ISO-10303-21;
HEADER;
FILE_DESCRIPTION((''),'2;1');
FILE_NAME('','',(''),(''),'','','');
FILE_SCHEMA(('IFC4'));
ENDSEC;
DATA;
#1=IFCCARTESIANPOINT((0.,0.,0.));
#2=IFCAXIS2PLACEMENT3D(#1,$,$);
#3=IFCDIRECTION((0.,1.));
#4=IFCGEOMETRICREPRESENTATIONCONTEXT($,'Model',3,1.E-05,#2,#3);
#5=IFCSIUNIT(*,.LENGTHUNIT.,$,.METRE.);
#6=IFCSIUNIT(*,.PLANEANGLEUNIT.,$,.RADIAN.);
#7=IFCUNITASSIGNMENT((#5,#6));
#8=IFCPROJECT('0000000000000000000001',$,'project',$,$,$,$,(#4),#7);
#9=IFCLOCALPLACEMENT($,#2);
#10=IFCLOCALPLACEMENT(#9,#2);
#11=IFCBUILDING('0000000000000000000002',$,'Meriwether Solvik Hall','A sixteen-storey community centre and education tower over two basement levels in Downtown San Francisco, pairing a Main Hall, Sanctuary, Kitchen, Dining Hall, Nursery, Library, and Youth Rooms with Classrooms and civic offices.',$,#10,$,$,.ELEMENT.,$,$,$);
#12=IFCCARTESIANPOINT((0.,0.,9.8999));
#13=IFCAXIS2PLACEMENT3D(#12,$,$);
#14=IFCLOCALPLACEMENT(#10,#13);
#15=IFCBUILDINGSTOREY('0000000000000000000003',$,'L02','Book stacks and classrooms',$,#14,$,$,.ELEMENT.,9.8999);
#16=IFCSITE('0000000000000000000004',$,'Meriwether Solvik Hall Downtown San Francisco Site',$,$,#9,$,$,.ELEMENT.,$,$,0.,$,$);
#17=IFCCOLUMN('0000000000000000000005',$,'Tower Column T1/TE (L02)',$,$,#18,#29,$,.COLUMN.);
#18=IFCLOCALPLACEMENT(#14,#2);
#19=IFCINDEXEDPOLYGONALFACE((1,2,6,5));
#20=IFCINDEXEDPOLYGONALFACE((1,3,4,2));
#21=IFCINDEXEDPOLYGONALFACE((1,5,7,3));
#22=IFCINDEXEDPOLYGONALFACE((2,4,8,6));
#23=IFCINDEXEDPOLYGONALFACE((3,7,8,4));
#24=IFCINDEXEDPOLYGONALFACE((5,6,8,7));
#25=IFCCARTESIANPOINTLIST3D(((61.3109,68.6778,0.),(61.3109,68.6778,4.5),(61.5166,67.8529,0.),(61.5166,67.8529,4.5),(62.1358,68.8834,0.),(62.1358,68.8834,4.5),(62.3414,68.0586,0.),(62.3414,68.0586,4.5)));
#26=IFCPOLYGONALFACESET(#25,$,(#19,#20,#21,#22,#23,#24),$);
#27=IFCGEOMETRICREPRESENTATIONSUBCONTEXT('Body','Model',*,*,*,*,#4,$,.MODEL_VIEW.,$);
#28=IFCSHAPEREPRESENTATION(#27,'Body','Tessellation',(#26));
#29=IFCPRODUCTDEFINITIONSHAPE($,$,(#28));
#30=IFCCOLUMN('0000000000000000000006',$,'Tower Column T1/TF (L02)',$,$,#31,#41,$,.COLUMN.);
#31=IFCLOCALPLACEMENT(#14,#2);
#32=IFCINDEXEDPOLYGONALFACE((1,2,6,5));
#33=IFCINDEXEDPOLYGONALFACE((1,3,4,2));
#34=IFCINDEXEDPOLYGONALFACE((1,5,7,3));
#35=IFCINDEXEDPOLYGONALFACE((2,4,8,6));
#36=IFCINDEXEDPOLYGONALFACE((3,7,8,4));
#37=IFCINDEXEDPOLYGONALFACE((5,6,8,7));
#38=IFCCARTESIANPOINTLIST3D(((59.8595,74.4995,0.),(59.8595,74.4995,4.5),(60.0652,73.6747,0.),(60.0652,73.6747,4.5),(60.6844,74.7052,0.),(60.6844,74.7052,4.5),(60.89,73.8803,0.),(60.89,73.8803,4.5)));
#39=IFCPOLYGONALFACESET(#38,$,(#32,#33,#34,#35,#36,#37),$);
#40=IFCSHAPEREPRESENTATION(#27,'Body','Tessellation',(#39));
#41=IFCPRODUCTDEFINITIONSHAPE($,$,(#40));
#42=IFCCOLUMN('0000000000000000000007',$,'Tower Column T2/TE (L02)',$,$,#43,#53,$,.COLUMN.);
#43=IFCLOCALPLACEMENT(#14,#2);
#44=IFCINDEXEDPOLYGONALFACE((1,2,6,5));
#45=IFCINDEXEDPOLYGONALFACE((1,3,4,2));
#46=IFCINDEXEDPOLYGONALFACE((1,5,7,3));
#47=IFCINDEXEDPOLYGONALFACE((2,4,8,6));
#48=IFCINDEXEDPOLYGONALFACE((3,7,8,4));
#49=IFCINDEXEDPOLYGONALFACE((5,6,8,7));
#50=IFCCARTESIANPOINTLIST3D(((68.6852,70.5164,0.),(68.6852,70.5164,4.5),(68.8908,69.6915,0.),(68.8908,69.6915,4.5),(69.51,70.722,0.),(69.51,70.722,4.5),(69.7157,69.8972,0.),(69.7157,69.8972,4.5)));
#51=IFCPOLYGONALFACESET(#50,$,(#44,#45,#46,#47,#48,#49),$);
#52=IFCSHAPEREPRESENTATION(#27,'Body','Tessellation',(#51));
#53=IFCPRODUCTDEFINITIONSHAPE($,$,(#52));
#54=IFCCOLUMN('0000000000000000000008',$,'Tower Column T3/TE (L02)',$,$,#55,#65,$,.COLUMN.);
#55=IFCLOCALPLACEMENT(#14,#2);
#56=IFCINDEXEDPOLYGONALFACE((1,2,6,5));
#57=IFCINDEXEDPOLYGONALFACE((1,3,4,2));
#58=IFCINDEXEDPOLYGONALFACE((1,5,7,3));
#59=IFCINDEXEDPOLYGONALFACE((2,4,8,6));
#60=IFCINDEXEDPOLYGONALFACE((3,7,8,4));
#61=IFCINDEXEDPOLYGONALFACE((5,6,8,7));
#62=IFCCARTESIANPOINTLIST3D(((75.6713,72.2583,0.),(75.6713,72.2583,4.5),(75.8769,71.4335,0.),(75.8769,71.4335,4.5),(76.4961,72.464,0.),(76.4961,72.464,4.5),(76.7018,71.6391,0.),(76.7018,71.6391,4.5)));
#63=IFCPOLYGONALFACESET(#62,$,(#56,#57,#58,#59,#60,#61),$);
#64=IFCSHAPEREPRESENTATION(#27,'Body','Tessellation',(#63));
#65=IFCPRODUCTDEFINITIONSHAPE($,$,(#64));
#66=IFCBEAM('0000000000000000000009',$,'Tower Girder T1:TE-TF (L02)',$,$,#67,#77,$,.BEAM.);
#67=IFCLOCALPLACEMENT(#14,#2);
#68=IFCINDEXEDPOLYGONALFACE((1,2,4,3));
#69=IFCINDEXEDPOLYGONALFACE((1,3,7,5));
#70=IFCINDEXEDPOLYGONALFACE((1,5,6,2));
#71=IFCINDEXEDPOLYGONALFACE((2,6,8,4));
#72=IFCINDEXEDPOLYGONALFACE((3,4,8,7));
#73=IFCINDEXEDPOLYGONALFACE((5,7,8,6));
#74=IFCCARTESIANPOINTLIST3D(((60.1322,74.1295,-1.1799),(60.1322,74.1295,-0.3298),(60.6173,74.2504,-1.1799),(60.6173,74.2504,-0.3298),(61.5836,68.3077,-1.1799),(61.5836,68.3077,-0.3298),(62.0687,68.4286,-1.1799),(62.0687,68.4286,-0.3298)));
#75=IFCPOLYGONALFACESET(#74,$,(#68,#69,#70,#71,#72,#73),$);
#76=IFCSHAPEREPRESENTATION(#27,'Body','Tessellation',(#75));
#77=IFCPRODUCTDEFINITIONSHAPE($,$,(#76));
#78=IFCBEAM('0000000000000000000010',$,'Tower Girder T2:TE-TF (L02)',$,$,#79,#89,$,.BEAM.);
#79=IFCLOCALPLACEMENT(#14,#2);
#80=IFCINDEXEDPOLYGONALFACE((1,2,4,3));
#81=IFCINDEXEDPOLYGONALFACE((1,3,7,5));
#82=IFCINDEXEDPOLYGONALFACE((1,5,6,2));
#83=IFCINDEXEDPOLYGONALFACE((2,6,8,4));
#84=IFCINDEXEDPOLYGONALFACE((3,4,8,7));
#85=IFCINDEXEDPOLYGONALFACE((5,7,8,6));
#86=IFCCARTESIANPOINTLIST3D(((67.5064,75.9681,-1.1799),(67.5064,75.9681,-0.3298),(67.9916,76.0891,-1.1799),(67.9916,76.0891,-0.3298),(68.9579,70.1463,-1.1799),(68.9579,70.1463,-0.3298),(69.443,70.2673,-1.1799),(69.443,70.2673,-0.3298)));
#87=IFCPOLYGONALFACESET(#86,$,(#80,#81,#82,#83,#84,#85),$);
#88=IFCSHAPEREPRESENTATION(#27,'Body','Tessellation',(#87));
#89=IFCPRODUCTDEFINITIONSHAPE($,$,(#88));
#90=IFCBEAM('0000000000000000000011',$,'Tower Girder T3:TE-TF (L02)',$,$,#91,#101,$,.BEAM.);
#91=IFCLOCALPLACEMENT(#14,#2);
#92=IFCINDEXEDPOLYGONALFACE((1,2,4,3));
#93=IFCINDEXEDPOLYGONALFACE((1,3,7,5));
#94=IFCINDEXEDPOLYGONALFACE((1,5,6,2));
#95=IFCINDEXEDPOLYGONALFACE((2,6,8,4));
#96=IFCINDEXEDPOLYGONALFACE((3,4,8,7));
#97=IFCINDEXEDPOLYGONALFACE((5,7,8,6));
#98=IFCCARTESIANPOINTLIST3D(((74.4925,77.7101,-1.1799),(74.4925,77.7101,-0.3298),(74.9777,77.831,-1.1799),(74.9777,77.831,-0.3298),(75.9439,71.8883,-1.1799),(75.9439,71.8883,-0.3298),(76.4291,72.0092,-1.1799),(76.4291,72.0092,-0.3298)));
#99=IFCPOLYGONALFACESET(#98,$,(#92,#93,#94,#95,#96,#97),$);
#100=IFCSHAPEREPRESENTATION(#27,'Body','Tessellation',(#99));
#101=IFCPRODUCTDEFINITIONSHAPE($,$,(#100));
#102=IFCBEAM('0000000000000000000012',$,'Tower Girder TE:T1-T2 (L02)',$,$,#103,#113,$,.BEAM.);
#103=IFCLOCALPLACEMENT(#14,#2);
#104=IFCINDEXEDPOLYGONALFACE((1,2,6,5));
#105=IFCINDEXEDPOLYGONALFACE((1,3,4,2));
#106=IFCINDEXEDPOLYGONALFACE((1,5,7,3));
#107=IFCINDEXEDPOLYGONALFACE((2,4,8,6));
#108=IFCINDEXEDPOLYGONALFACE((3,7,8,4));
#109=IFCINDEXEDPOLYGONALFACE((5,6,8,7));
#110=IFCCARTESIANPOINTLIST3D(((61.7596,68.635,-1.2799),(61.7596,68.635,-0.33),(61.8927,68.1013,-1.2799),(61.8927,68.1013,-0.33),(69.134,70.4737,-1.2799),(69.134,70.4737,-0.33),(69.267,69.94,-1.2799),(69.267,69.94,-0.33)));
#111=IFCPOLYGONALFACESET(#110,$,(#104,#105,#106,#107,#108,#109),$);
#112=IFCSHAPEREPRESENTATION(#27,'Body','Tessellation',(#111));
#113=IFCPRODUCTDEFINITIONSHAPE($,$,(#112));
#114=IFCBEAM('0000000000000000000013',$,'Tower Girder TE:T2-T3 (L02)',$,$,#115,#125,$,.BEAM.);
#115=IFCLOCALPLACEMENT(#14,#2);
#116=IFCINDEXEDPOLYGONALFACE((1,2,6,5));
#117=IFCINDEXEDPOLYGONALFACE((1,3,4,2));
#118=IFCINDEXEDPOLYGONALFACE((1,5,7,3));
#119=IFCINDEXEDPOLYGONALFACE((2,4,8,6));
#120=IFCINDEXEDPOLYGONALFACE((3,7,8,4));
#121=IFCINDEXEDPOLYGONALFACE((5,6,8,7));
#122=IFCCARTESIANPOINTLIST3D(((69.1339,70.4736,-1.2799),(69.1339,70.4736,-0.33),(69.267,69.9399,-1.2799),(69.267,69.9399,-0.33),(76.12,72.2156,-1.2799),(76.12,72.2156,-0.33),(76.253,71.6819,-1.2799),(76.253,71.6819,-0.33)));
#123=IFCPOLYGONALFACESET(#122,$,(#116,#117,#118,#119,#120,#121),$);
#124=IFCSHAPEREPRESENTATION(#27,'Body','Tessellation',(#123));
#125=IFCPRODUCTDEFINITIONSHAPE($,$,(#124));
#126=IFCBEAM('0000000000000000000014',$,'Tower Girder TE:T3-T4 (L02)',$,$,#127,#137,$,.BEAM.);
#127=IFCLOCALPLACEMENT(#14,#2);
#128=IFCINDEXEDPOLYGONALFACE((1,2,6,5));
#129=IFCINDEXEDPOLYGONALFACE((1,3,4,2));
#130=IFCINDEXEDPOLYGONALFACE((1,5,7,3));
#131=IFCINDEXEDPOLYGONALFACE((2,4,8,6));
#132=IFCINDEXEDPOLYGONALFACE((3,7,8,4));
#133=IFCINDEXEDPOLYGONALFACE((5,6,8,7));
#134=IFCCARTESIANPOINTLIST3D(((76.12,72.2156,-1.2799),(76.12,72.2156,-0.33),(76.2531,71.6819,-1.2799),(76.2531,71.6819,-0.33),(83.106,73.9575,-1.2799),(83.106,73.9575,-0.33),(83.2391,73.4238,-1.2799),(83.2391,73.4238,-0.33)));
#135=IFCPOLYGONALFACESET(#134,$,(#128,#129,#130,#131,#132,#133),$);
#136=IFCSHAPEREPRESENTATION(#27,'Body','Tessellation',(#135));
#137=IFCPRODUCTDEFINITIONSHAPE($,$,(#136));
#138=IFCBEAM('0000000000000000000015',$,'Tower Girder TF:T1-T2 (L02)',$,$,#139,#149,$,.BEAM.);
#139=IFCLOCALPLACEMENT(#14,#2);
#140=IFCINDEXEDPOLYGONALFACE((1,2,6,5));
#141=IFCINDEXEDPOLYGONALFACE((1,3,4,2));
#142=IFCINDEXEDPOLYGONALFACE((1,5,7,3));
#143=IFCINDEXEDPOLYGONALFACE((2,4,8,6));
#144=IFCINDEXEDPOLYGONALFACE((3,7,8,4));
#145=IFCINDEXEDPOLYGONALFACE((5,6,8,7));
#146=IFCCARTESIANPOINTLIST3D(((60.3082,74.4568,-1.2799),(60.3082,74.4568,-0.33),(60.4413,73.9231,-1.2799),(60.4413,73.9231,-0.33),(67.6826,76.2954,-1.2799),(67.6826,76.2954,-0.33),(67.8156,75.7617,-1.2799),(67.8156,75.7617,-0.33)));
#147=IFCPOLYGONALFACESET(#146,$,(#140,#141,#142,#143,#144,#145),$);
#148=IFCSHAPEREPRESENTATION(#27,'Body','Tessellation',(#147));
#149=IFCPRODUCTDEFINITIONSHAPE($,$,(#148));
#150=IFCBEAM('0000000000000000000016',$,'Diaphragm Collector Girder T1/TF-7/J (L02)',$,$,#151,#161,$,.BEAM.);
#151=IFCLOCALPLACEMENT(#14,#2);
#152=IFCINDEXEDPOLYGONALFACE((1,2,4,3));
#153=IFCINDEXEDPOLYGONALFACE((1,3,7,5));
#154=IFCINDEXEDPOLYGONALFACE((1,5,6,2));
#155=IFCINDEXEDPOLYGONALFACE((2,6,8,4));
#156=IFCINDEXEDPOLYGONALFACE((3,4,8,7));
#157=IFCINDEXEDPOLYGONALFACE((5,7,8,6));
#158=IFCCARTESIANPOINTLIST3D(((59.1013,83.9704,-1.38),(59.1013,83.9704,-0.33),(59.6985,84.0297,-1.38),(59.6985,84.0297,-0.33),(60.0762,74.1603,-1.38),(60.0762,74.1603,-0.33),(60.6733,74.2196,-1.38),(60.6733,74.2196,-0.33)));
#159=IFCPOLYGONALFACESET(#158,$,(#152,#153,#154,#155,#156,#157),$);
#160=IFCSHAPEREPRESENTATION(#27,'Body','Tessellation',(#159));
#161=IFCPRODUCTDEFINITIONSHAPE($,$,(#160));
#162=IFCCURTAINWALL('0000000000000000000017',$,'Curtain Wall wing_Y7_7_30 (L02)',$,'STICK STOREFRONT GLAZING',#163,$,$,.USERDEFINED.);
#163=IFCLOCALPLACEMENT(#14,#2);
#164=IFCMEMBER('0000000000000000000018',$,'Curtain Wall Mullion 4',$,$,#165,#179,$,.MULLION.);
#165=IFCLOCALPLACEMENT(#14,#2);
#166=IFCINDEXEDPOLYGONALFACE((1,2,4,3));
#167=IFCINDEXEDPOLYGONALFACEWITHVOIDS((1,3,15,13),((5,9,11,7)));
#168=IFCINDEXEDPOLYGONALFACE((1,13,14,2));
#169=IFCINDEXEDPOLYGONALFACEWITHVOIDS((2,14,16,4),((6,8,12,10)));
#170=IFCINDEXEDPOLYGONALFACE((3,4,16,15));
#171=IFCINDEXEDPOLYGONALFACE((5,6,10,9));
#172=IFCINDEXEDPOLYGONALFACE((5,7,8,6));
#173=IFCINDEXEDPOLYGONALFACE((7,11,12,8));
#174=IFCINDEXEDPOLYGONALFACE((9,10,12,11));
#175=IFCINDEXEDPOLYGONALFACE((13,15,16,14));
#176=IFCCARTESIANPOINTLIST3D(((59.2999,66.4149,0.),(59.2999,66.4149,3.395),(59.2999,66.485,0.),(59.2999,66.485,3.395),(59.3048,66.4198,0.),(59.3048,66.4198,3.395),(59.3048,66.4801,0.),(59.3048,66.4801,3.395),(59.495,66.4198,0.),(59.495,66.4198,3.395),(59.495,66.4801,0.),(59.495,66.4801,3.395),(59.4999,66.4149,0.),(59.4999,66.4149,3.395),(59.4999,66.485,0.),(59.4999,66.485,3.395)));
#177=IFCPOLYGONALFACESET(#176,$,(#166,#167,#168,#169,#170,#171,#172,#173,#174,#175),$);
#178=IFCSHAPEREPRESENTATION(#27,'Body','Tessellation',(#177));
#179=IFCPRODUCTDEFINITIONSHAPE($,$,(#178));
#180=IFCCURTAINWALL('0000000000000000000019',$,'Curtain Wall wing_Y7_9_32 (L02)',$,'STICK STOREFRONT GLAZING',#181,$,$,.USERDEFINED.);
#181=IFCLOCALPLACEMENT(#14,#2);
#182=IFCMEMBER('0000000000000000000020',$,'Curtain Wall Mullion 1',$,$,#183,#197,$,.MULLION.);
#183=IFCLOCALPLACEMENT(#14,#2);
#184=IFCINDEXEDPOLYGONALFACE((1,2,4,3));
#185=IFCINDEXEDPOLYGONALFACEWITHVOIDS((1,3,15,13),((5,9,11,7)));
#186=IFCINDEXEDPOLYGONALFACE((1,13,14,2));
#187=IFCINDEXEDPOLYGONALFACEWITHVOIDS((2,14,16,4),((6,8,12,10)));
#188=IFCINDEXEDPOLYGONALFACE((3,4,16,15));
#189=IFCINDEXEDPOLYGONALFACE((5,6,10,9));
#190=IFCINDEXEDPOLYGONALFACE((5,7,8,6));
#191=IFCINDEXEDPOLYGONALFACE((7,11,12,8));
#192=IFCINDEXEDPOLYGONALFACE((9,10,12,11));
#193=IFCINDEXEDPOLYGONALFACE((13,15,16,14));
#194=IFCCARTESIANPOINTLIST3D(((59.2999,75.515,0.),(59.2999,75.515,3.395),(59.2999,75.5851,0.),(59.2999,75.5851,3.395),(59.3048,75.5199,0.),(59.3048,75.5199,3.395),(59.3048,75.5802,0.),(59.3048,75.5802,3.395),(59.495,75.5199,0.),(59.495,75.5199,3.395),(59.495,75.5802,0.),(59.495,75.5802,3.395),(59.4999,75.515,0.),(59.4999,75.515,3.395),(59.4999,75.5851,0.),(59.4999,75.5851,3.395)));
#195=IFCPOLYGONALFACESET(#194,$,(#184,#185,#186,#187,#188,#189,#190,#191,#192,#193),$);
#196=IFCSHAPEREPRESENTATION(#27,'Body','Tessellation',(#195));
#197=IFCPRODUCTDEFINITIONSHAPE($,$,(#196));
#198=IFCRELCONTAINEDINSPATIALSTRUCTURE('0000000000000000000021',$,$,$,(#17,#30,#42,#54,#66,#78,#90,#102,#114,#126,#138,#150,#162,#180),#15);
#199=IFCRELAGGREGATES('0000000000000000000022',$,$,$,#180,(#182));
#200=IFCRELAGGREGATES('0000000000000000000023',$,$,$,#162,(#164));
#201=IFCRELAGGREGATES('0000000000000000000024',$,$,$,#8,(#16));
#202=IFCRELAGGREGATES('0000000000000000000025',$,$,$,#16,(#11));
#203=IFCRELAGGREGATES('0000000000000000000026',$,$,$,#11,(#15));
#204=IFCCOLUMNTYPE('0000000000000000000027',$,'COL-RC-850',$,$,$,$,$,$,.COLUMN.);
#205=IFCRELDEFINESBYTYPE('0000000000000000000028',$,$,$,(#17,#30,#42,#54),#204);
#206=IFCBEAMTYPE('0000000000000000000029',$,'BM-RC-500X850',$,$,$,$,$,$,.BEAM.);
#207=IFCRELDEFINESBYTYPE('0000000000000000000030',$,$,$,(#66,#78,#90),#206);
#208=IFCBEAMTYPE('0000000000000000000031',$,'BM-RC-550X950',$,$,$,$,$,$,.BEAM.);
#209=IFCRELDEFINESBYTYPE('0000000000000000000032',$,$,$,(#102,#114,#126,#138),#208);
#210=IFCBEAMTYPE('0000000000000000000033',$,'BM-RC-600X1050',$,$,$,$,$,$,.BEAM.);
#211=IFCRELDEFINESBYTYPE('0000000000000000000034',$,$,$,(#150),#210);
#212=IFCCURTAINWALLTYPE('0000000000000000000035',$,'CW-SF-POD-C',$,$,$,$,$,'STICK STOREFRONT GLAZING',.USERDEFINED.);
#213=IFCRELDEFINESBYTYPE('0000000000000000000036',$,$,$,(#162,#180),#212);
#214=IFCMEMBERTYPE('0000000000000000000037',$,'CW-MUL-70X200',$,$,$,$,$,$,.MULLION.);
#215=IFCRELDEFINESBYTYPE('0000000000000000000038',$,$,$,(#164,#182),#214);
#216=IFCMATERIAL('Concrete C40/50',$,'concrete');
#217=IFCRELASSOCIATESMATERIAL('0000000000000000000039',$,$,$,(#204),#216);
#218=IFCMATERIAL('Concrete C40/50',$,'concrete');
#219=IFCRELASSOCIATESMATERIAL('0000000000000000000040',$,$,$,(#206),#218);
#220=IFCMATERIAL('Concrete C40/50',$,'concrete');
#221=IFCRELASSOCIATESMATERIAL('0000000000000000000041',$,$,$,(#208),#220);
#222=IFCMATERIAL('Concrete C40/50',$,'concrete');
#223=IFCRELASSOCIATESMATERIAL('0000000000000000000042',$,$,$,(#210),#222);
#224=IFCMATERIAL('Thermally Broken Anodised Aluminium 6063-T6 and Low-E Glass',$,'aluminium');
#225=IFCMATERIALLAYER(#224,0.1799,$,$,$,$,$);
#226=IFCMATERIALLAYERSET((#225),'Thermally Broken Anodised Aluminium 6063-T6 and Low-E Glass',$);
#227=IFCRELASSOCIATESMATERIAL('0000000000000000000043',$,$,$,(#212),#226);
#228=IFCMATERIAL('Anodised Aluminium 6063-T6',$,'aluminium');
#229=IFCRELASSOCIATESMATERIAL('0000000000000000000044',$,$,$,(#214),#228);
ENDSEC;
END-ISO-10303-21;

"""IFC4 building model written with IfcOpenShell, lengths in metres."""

from ifc_helpers import new_model, si_unit, direction, frame, origin, origin_2d, place, context, subcontext, project, spatial, rectangle, hollow_rectangle, extrude, material, layer, layer_set, material_profile, profile_set, type_object, element, aggregate, save


model = new_model("IFC4")

# Units and contexts
model_context = context("Model", 3, precision=1e-05, world=origin(), true_north=direction((0.0, 1.0)))
body_context = subcontext(model_context, "Body", "Model", "MODEL_VIEW")
ifc_project = project(units=[si_unit("LENGTHUNIT", "METRE"), si_unit("PLANEANGLEUNIT", "RADIAN")], contexts=[model_context])

# Site, building, storey
site_placement = place(None, origin())
site = spatial("IfcSite", under=ifc_project, at=site_placement, Name="Meriwether Solvik Hall Downtown San Francisco Site", CompositionType="ELEMENT", RefElevation=0.0)
building_placement = place(site_placement, origin())
building = spatial("IfcBuilding", under=site, at=building_placement, Name="Meriwether Solvik Hall", Description="A sixteen-storey community centre and education tower over two basement levels in Downtown San Francisco, pairing a Main Hall, Sanctuary, Kitchen, Dining Hall, Nursery, Library, and Youth Rooms with Classrooms and civic offices.", CompositionType="ELEMENT")
storey_placement = place(building_placement, frame((0.0, 0.0, 9.8999)))
storey = spatial("IfcBuildingStorey", under=building, at=storey_placement, Name="L02", Description="Book stacks and classrooms", CompositionType="ELEMENT", Elevation=9.8999)

# Columns
ifc_material_1 = material(Name="Concrete C40/50", Category="concrete")
ifc_material_profile_1 = material_profile(ifc_material_1, rectangle(XDim=0.8501, YDim=0.8501, at=origin_2d()), Name="RCC-850X850")
ifc_profile_set_1 = profile_set([ifc_material_profile_1], Name="Concrete C40/50")
column_type = type_object("IfcColumnType", Name="COL-RC-850", PredefinedType="COLUMN", material=ifc_profile_set_1)
for number, where, z_axis, x_axis, name in (
    (1, (61.8262, 68.3682, 0.0), (0.0, 0.0, 1.0), (0.970296, 0.241922, 0.0), "Tower Column T1/TE (L02)"),
    (2, (60.3748, 74.1899, 0.0), (0.0, 0.0, 1.0), (0.970296, 0.241922, 0.0), "Tower Column T1/TF (L02)"),
    (3, (69.2004, 70.2068, 0.0), (0.0, 0.0, 1.0), (0.970296, 0.241922, 0.0), "Tower Column T2/TE (L02)"),
    (4, (76.1865, 71.9487, 0.0), (0.0, 0.0, 1.0), (0.970296, 0.241922, 0.0), "Tower Column T3/TE (L02)"),
):
    element("IfcColumn", number, at=place(storey_placement, frame(where, z_axis=z_axis, x_axis=x_axis)), inside=storey, type_object=column_type, Name=name, PredefinedType="COLUMN", context=body_context, shape_type="SweptSolid", body=[
        extrude(rectangle(XDim=0.8501, YDim=0.8501, at=origin_2d()), origin(), (0.0, 0.0, 1.0), 4.5),
    ])

# Beams
ifc_material_2 = material(Name="Concrete C40/50", Category="concrete")
ifc_material_profile_2 = material_profile(ifc_material_2, rectangle(XDim=0.5, YDim=0.8501, at=origin_2d()), Name="RCB-500X850")
ifc_profile_set_2 = profile_set([ifc_material_profile_2], Name="Concrete C40/50")
beam_type_1 = type_object("IfcBeamType", Name="BM-RC-500X850", PredefinedType="BEAM", material=ifc_profile_set_2)
for number, where, z_axis, x_axis, name in (
    (5, (61.8262, 68.3682, -0.7549), (-0.241904, 0.9703, 0.0), (-0.9703, -0.241904, 0.0), "Tower Girder T1:TE-TF (L02)"),
    (6, (69.2004, 70.2068, -0.7549), (-0.241904, 0.9703, 0.0), (-0.9703, -0.241904, 0.0), "Tower Girder T2:TE-TF (L02)"),
    (7, (76.1865, 71.9487, -0.7549), (-0.241904, 0.9703, 0.0), (-0.9703, -0.241904, 0.0), "Tower Girder T3:TE-TF (L02)"),
):
    element("IfcBeam", number, at=place(storey_placement, frame(where, z_axis=z_axis, x_axis=x_axis)), inside=storey, type_object=beam_type_1, Name=name, PredefinedType="BEAM", context=body_context, shape_type="SweptSolid", body=[
        extrude(rectangle(XDim=0.5, YDim=0.8501, at=origin_2d()), origin(), (0.0, 0.0, 1.0), 6.0),
    ])
ifc_material_3 = material(Name="Concrete C40/50", Category="concrete")
ifc_material_profile_3 = material_profile(ifc_material_3, rectangle(XDim=0.55, YDim=0.95, at=origin_2d()), Name="RCB-550X950")
ifc_profile_set_3 = profile_set([ifc_material_profile_3], Name="Concrete C40/50")
beam_type_2 = type_object("IfcBeamType", Name="BM-RC-550X950", PredefinedType="BEAM", material=ifc_profile_set_3)
beam_1_placement = place(storey_placement, frame((61.8262, 68.3682, -0.8049), z_axis=(0.970295, 0.241923, 0.0), x_axis=(-0.241923, 0.970295, 0.0)))
element("IfcBeam", 8, at=beam_1_placement, inside=storey, type_object=beam_type_2, Name="Tower Girder TE:T1-T2 (L02)", PredefinedType="BEAM", context=body_context, shape_type="SweptSolid", body=[
    extrude(rectangle(XDim=0.55, YDim=0.95, at=origin_2d()), origin(), (0.0, 0.0, 1.0), 7.6001),
])
for number, where, z_axis, x_axis, name in (
    (9, (69.2004, 70.2068, -0.8049), (0.970292, 0.241937, 0.0), (-0.241937, 0.970292, 0.0), "Tower Girder TE:T2-T3 (L02)"),
    (10, (76.1865, 71.9487, -0.8049), (0.970292, 0.241937, 0.0), (-0.241937, 0.970292, 0.0), "Tower Girder TE:T3-T4 (L02)"),
):
    element("IfcBeam", number, at=place(storey_placement, frame(where, z_axis=z_axis, x_axis=x_axis)), inside=storey, type_object=beam_type_2, Name=name, PredefinedType="BEAM", context=body_context, shape_type="SweptSolid", body=[
        extrude(rectangle(XDim=0.55, YDim=0.95, at=origin_2d()), origin(), (0.0, 0.0, 1.0), 7.2),
    ])
beam_2_placement = place(storey_placement, frame((60.3748, 74.1899, -0.8049), z_axis=(0.970295, 0.241923, 0.0), x_axis=(-0.241923, 0.970295, 0.0)))
element("IfcBeam", 11, at=beam_2_placement, inside=storey, type_object=beam_type_2, Name="Tower Girder TF:T1-T2 (L02)", PredefinedType="BEAM", context=body_context, shape_type="SweptSolid", body=[
    extrude(rectangle(XDim=0.55, YDim=0.95, at=origin_2d()), origin(), (0.0, 0.0, 1.0), 7.6001),
])
ifc_material_4 = material(Name="Concrete C40/50", Category="concrete")
ifc_material_profile_4 = material_profile(ifc_material_4, rectangle(XDim=0.6001, YDim=1.05, at=origin_2d()), Name="RCB-600X1050")
ifc_profile_set_4 = profile_set([ifc_material_profile_4], Name="Concrete C40/50")
beam_type_3 = type_object("IfcBeamType", Name="BM-RC-600X1050", PredefinedType="BEAM", material=ifc_profile_set_4)
beam_3_placement = place(storey_placement, frame((60.3748, 74.1899, -0.855), z_axis=(-0.098886, 0.995099, 0.0), x_axis=(-0.995099, -0.098886, 0.0)))
element("IfcBeam", 12, at=beam_3_placement, inside=storey, type_object=beam_type_3, Name="Diaphragm Collector Girder T1/TF-7/J (L02)", PredefinedType="BEAM", context=body_context, shape_type="SweptSolid", body=[
    extrude(rectangle(XDim=0.6001, YDim=1.05, at=origin_2d()), origin(), (0.0, 0.0, 1.0), 9.8584),
])

# Curtain walls, members
ifc_material_5 = material(Name="Thermally Broken Anodised Aluminium 6063-T6 and Low-E Glass", Category="aluminium")
ifc_layer_1 = layer(ifc_material_5, 0.1799)
ifc_layer_set_1 = layer_set([ifc_layer_1], Name="Thermally Broken Anodised Aluminium 6063-T6 and Low-E Glass")
curtain_wall_type = type_object("IfcCurtainWallType", Name="CW-SF-POD-C", ElementType="STICK STOREFRONT GLAZING", PredefinedType="USERDEFINED", material=ifc_layer_set_1)
curtain_wall_1_placement = place(storey_placement, origin())
curtain_wall_1 = element("IfcCurtainWall", 13, at=curtain_wall_1_placement, inside=storey, type_object=curtain_wall_type, Name="Curtain Wall wing_Y7_7_30 (L02)", ObjectType="STICK STOREFRONT GLAZING", PredefinedType="USERDEFINED")
ifc_material_6 = material(Name="Anodised Aluminium 6063-T6", Category="aluminium")
ifc_material_profile_5 = material_profile(ifc_material_6, hollow_rectangle(XDim=0.0701, YDim=0.2, WallThickness=0.0049, at=origin_2d()), Name="CWM-70X200")
ifc_profile_set_5 = profile_set([ifc_material_profile_5], Name="Anodised Aluminium 6063-T6")
member_type_1 = type_object("IfcMemberType", Name="CW-MUL-70X200", PredefinedType="MULLION", material=ifc_profile_set_5)
member_1_placement = place(storey_placement, frame((59.3999, 66.45, 0.0), z_axis=(0.0, 0.0, 1.0), x_axis=(0.0, 1.0, 0.0)))
member_1 = element("IfcMember", 14, at=member_1_placement, type_object=member_type_1, Name="Curtain Wall Mullion 4", PredefinedType="MULLION", context=body_context, shape_type="SweptSolid", body=[
    extrude(hollow_rectangle(XDim=0.0701, YDim=0.2, WallThickness=0.0049, at=origin_2d()), origin(), (0.0, 0.0, 1.0), 3.395),
])
curtain_wall_2_placement = place(storey_placement, origin())
curtain_wall_2 = element("IfcCurtainWall", 15, at=curtain_wall_2_placement, inside=storey, type_object=curtain_wall_type, Name="Curtain Wall wing_Y7_9_32 (L02)", ObjectType="STICK STOREFRONT GLAZING", PredefinedType="USERDEFINED")
member_2_placement = place(storey_placement, frame((59.3999, 75.55, 0.0), z_axis=(0.0, 0.0, 1.0), x_axis=(0.0, 1.0, 0.0)))
member_2 = element("IfcMember", 16, at=member_2_placement, type_object=member_type_1, Name="Curtain Wall Mullion 1", PredefinedType="MULLION", context=body_context, shape_type="SweptSolid", body=[
    extrude(hollow_rectangle(XDim=0.0701, YDim=0.2, WallThickness=0.0049, at=origin_2d()), origin(), (0.0, 0.0, 1.0), 3.395),
])

aggregate(curtain_wall_2, [member_2])

aggregate(curtain_wall_1, [member_1])

save(model, "model.ifc")
